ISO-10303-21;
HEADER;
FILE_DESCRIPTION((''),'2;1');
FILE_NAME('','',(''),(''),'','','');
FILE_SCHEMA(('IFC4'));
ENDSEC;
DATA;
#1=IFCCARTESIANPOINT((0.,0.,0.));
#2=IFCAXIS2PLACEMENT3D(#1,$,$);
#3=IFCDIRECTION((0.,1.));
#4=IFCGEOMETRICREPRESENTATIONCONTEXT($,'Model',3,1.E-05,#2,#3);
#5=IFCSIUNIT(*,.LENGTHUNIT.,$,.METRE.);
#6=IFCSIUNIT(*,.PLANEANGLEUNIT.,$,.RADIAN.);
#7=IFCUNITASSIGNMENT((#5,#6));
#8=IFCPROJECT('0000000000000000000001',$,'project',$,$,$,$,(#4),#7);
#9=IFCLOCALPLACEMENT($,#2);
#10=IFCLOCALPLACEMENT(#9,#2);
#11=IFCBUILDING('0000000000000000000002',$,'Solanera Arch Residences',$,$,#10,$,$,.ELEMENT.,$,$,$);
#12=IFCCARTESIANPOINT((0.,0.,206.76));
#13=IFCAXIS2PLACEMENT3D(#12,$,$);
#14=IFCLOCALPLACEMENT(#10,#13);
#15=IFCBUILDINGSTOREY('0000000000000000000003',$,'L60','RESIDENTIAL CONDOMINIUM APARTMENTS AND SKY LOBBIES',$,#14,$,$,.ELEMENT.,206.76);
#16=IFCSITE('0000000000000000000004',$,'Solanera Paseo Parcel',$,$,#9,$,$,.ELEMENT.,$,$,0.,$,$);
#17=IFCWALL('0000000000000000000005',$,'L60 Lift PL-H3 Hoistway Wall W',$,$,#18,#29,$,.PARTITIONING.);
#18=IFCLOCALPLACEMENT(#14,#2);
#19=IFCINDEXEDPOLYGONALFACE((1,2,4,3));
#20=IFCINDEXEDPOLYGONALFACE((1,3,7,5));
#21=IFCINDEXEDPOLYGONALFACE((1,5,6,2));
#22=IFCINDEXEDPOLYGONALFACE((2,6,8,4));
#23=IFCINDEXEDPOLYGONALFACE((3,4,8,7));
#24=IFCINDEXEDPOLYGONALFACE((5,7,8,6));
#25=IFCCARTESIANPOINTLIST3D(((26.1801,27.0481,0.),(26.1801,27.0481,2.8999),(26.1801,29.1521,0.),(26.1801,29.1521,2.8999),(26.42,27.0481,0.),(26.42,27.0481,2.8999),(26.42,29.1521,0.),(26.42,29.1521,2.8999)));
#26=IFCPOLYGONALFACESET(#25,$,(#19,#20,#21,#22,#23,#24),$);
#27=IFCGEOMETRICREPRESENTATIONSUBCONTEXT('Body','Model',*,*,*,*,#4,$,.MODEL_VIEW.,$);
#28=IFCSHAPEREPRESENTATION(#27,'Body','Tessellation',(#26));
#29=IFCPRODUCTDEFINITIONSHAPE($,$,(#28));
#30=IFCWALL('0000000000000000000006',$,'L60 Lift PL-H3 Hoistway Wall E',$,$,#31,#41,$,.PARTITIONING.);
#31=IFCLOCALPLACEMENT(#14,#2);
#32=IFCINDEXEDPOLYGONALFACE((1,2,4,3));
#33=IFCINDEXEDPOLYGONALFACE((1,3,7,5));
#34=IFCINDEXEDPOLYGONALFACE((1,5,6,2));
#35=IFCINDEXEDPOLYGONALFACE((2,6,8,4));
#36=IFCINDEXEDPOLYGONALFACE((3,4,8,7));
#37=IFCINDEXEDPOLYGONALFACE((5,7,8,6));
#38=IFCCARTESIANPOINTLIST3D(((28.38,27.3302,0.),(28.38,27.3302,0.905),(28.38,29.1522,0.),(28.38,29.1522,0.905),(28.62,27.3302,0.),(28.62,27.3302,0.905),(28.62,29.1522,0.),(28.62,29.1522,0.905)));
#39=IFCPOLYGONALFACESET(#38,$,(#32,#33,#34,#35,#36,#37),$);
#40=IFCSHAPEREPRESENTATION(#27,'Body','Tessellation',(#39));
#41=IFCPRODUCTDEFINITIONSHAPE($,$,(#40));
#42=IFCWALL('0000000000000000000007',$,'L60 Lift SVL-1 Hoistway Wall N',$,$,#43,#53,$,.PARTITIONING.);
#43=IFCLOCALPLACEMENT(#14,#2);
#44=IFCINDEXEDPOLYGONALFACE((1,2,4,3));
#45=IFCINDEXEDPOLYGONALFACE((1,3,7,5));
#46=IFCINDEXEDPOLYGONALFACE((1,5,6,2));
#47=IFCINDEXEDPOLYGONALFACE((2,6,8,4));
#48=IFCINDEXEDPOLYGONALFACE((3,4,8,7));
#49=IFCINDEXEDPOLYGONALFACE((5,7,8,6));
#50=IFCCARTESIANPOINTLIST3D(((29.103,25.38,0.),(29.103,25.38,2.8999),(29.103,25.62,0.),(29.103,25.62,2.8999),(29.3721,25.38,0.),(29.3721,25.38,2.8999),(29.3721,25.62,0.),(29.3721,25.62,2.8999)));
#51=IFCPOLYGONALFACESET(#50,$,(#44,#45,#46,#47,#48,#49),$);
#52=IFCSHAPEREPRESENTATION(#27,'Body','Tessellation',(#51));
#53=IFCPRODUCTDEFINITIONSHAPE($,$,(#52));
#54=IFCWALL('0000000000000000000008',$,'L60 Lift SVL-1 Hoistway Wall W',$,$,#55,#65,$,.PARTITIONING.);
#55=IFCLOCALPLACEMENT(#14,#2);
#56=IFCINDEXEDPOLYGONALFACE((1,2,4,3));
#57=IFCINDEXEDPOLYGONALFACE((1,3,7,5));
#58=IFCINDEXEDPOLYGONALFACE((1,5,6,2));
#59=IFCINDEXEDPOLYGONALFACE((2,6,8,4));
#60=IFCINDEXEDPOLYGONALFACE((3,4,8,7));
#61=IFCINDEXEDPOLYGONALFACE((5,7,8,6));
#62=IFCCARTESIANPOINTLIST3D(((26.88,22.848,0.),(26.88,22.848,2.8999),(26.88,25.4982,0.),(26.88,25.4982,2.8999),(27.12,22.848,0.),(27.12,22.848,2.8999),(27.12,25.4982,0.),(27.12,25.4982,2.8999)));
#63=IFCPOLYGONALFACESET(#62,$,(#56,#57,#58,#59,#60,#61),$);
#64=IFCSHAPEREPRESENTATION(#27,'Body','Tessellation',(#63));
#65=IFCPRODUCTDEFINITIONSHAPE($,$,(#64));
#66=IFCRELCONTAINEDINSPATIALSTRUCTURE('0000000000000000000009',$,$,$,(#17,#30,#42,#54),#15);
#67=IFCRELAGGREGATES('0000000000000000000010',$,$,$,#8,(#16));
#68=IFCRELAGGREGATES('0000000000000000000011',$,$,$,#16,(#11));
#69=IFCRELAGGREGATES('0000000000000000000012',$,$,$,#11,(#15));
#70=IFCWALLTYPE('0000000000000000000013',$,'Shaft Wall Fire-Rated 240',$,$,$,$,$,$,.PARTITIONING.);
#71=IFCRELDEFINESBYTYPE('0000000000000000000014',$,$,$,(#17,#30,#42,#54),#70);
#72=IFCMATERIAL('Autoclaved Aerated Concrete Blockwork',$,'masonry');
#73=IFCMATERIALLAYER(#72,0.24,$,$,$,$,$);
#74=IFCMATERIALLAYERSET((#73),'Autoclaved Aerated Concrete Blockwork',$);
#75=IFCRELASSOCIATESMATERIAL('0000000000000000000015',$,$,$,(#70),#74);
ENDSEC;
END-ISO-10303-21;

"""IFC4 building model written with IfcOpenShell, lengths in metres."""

from ifc_helpers import new_model, si_unit, direction, frame, frame_2d, origin, place, context, subcontext, project, spatial, rectangle, extrude, material, layer, layer_set, type_object, element, save


model = new_model("IFC4")

# Units and contexts
model_context = context("Model", 3, precision=1e-05, world=origin(), true_north=direction((0.0, 1.0)))
body_context = subcontext(model_context, "Body", "Model", "MODEL_VIEW")
ifc_project = project(units=[si_unit("LENGTHUNIT", "METRE"), si_unit("PLANEANGLEUNIT", "RADIAN")], contexts=[model_context])

# Site, building, storey
site_placement = place(None, origin())
site = spatial("IfcSite", under=ifc_project, at=site_placement, Name="Solanera Paseo Parcel", CompositionType="ELEMENT", RefElevation=0.0)
building_placement = place(site_placement, origin())
building = spatial("IfcBuilding", under=site, at=building_placement, Name="Solanera Arch Residences", CompositionType="ELEMENT")
storey_placement = place(building_placement, frame((0.0, 0.0, 206.76)))
storey = spatial("IfcBuildingStorey", under=building, at=storey_placement, Name="L60", Description="RESIDENTIAL CONDOMINIUM APARTMENTS AND SKY LOBBIES", CompositionType="ELEMENT", Elevation=206.76)

# Walls
ifc_material_1 = material(Name="Autoclaved Aerated Concrete Blockwork", Category="masonry")
ifc_layer_1 = layer(ifc_material_1, 0.24)
ifc_layer_set_1 = layer_set([ifc_layer_1], Name="Autoclaved Aerated Concrete Blockwork")
wall_type_1 = type_object("IfcWallType", Name="Shaft Wall Fire-Rated 240", PredefinedType="PARTITIONING", material=ifc_layer_set_1)
wall_1_placement = place(storey_placement, frame((26.3, 27.0481, 0.0), z_axis=(0.0, 0.0, 1.0), x_axis=(0.0, 1.0, 0.0)))
element("IfcWall", 1, at=wall_1_placement, inside=storey, type_object=wall_type_1, Name="L60 Lift PL-H3 Hoistway Wall W", PredefinedType="PARTITIONING", context=body_context, shape_type="SweptSolid", body=[
    extrude(rectangle(XDim=2.104, YDim=0.24, at=frame_2d((1.052, 0.0))), origin(), (0.0, 0.0, 1.0), 2.8999),
])
wall_2_placement = place(storey_placement, frame((28.5, 27.3301, 0.0), z_axis=(0.0, 0.0, 1.0), x_axis=(0.0, 1.0, 0.0)))
element("IfcWall", 2, at=wall_2_placement, inside=storey, type_object=wall_type_1, Name="L60 Lift PL-H3 Hoistway Wall E", PredefinedType="PARTITIONING", context=body_context, shape_type="SweptSolid", body=[
    extrude(rectangle(XDim=1.822, YDim=0.24, at=frame_2d((0.9111, 0.0))), origin(), (0.0, 0.0, 1.0), 0.905),
])
wall_3_placement = place(storey_placement, frame((29.103, 25.5, 0.0), z_axis=(0.0, 0.0, 1.0), x_axis=(1.0, 0.0, 0.0)))
element("IfcWall", 3, at=wall_3_placement, inside=storey, type_object=wall_type_1, Name="L60 Lift SVL-1 Hoistway Wall N", PredefinedType="PARTITIONING", context=body_context, shape_type="SweptSolid", body=[
    extrude(rectangle(XDim=0.269, YDim=0.24, at=frame_2d((0.1345, 0.0))), origin(), (0.0, 0.0, 1.0), 2.8999),
])
wall_4_placement = place(storey_placement, frame((27.0, 22.8479, 0.0), z_axis=(0.0, 0.0, 1.0), x_axis=(0.0, 1.0, 0.0)))
element("IfcWall", 4, at=wall_4_placement, inside=storey, type_object=wall_type_1, Name="L60 Lift SVL-1 Hoistway Wall W", PredefinedType="PARTITIONING", context=body_context, shape_type="SweptSolid", body=[
    extrude(rectangle(XDim=2.6501, YDim=0.24, at=frame_2d((1.3252, 0.0))), origin(), (0.0, 0.0, 1.0), 2.8999),
])

save(model, "model.ifc")
